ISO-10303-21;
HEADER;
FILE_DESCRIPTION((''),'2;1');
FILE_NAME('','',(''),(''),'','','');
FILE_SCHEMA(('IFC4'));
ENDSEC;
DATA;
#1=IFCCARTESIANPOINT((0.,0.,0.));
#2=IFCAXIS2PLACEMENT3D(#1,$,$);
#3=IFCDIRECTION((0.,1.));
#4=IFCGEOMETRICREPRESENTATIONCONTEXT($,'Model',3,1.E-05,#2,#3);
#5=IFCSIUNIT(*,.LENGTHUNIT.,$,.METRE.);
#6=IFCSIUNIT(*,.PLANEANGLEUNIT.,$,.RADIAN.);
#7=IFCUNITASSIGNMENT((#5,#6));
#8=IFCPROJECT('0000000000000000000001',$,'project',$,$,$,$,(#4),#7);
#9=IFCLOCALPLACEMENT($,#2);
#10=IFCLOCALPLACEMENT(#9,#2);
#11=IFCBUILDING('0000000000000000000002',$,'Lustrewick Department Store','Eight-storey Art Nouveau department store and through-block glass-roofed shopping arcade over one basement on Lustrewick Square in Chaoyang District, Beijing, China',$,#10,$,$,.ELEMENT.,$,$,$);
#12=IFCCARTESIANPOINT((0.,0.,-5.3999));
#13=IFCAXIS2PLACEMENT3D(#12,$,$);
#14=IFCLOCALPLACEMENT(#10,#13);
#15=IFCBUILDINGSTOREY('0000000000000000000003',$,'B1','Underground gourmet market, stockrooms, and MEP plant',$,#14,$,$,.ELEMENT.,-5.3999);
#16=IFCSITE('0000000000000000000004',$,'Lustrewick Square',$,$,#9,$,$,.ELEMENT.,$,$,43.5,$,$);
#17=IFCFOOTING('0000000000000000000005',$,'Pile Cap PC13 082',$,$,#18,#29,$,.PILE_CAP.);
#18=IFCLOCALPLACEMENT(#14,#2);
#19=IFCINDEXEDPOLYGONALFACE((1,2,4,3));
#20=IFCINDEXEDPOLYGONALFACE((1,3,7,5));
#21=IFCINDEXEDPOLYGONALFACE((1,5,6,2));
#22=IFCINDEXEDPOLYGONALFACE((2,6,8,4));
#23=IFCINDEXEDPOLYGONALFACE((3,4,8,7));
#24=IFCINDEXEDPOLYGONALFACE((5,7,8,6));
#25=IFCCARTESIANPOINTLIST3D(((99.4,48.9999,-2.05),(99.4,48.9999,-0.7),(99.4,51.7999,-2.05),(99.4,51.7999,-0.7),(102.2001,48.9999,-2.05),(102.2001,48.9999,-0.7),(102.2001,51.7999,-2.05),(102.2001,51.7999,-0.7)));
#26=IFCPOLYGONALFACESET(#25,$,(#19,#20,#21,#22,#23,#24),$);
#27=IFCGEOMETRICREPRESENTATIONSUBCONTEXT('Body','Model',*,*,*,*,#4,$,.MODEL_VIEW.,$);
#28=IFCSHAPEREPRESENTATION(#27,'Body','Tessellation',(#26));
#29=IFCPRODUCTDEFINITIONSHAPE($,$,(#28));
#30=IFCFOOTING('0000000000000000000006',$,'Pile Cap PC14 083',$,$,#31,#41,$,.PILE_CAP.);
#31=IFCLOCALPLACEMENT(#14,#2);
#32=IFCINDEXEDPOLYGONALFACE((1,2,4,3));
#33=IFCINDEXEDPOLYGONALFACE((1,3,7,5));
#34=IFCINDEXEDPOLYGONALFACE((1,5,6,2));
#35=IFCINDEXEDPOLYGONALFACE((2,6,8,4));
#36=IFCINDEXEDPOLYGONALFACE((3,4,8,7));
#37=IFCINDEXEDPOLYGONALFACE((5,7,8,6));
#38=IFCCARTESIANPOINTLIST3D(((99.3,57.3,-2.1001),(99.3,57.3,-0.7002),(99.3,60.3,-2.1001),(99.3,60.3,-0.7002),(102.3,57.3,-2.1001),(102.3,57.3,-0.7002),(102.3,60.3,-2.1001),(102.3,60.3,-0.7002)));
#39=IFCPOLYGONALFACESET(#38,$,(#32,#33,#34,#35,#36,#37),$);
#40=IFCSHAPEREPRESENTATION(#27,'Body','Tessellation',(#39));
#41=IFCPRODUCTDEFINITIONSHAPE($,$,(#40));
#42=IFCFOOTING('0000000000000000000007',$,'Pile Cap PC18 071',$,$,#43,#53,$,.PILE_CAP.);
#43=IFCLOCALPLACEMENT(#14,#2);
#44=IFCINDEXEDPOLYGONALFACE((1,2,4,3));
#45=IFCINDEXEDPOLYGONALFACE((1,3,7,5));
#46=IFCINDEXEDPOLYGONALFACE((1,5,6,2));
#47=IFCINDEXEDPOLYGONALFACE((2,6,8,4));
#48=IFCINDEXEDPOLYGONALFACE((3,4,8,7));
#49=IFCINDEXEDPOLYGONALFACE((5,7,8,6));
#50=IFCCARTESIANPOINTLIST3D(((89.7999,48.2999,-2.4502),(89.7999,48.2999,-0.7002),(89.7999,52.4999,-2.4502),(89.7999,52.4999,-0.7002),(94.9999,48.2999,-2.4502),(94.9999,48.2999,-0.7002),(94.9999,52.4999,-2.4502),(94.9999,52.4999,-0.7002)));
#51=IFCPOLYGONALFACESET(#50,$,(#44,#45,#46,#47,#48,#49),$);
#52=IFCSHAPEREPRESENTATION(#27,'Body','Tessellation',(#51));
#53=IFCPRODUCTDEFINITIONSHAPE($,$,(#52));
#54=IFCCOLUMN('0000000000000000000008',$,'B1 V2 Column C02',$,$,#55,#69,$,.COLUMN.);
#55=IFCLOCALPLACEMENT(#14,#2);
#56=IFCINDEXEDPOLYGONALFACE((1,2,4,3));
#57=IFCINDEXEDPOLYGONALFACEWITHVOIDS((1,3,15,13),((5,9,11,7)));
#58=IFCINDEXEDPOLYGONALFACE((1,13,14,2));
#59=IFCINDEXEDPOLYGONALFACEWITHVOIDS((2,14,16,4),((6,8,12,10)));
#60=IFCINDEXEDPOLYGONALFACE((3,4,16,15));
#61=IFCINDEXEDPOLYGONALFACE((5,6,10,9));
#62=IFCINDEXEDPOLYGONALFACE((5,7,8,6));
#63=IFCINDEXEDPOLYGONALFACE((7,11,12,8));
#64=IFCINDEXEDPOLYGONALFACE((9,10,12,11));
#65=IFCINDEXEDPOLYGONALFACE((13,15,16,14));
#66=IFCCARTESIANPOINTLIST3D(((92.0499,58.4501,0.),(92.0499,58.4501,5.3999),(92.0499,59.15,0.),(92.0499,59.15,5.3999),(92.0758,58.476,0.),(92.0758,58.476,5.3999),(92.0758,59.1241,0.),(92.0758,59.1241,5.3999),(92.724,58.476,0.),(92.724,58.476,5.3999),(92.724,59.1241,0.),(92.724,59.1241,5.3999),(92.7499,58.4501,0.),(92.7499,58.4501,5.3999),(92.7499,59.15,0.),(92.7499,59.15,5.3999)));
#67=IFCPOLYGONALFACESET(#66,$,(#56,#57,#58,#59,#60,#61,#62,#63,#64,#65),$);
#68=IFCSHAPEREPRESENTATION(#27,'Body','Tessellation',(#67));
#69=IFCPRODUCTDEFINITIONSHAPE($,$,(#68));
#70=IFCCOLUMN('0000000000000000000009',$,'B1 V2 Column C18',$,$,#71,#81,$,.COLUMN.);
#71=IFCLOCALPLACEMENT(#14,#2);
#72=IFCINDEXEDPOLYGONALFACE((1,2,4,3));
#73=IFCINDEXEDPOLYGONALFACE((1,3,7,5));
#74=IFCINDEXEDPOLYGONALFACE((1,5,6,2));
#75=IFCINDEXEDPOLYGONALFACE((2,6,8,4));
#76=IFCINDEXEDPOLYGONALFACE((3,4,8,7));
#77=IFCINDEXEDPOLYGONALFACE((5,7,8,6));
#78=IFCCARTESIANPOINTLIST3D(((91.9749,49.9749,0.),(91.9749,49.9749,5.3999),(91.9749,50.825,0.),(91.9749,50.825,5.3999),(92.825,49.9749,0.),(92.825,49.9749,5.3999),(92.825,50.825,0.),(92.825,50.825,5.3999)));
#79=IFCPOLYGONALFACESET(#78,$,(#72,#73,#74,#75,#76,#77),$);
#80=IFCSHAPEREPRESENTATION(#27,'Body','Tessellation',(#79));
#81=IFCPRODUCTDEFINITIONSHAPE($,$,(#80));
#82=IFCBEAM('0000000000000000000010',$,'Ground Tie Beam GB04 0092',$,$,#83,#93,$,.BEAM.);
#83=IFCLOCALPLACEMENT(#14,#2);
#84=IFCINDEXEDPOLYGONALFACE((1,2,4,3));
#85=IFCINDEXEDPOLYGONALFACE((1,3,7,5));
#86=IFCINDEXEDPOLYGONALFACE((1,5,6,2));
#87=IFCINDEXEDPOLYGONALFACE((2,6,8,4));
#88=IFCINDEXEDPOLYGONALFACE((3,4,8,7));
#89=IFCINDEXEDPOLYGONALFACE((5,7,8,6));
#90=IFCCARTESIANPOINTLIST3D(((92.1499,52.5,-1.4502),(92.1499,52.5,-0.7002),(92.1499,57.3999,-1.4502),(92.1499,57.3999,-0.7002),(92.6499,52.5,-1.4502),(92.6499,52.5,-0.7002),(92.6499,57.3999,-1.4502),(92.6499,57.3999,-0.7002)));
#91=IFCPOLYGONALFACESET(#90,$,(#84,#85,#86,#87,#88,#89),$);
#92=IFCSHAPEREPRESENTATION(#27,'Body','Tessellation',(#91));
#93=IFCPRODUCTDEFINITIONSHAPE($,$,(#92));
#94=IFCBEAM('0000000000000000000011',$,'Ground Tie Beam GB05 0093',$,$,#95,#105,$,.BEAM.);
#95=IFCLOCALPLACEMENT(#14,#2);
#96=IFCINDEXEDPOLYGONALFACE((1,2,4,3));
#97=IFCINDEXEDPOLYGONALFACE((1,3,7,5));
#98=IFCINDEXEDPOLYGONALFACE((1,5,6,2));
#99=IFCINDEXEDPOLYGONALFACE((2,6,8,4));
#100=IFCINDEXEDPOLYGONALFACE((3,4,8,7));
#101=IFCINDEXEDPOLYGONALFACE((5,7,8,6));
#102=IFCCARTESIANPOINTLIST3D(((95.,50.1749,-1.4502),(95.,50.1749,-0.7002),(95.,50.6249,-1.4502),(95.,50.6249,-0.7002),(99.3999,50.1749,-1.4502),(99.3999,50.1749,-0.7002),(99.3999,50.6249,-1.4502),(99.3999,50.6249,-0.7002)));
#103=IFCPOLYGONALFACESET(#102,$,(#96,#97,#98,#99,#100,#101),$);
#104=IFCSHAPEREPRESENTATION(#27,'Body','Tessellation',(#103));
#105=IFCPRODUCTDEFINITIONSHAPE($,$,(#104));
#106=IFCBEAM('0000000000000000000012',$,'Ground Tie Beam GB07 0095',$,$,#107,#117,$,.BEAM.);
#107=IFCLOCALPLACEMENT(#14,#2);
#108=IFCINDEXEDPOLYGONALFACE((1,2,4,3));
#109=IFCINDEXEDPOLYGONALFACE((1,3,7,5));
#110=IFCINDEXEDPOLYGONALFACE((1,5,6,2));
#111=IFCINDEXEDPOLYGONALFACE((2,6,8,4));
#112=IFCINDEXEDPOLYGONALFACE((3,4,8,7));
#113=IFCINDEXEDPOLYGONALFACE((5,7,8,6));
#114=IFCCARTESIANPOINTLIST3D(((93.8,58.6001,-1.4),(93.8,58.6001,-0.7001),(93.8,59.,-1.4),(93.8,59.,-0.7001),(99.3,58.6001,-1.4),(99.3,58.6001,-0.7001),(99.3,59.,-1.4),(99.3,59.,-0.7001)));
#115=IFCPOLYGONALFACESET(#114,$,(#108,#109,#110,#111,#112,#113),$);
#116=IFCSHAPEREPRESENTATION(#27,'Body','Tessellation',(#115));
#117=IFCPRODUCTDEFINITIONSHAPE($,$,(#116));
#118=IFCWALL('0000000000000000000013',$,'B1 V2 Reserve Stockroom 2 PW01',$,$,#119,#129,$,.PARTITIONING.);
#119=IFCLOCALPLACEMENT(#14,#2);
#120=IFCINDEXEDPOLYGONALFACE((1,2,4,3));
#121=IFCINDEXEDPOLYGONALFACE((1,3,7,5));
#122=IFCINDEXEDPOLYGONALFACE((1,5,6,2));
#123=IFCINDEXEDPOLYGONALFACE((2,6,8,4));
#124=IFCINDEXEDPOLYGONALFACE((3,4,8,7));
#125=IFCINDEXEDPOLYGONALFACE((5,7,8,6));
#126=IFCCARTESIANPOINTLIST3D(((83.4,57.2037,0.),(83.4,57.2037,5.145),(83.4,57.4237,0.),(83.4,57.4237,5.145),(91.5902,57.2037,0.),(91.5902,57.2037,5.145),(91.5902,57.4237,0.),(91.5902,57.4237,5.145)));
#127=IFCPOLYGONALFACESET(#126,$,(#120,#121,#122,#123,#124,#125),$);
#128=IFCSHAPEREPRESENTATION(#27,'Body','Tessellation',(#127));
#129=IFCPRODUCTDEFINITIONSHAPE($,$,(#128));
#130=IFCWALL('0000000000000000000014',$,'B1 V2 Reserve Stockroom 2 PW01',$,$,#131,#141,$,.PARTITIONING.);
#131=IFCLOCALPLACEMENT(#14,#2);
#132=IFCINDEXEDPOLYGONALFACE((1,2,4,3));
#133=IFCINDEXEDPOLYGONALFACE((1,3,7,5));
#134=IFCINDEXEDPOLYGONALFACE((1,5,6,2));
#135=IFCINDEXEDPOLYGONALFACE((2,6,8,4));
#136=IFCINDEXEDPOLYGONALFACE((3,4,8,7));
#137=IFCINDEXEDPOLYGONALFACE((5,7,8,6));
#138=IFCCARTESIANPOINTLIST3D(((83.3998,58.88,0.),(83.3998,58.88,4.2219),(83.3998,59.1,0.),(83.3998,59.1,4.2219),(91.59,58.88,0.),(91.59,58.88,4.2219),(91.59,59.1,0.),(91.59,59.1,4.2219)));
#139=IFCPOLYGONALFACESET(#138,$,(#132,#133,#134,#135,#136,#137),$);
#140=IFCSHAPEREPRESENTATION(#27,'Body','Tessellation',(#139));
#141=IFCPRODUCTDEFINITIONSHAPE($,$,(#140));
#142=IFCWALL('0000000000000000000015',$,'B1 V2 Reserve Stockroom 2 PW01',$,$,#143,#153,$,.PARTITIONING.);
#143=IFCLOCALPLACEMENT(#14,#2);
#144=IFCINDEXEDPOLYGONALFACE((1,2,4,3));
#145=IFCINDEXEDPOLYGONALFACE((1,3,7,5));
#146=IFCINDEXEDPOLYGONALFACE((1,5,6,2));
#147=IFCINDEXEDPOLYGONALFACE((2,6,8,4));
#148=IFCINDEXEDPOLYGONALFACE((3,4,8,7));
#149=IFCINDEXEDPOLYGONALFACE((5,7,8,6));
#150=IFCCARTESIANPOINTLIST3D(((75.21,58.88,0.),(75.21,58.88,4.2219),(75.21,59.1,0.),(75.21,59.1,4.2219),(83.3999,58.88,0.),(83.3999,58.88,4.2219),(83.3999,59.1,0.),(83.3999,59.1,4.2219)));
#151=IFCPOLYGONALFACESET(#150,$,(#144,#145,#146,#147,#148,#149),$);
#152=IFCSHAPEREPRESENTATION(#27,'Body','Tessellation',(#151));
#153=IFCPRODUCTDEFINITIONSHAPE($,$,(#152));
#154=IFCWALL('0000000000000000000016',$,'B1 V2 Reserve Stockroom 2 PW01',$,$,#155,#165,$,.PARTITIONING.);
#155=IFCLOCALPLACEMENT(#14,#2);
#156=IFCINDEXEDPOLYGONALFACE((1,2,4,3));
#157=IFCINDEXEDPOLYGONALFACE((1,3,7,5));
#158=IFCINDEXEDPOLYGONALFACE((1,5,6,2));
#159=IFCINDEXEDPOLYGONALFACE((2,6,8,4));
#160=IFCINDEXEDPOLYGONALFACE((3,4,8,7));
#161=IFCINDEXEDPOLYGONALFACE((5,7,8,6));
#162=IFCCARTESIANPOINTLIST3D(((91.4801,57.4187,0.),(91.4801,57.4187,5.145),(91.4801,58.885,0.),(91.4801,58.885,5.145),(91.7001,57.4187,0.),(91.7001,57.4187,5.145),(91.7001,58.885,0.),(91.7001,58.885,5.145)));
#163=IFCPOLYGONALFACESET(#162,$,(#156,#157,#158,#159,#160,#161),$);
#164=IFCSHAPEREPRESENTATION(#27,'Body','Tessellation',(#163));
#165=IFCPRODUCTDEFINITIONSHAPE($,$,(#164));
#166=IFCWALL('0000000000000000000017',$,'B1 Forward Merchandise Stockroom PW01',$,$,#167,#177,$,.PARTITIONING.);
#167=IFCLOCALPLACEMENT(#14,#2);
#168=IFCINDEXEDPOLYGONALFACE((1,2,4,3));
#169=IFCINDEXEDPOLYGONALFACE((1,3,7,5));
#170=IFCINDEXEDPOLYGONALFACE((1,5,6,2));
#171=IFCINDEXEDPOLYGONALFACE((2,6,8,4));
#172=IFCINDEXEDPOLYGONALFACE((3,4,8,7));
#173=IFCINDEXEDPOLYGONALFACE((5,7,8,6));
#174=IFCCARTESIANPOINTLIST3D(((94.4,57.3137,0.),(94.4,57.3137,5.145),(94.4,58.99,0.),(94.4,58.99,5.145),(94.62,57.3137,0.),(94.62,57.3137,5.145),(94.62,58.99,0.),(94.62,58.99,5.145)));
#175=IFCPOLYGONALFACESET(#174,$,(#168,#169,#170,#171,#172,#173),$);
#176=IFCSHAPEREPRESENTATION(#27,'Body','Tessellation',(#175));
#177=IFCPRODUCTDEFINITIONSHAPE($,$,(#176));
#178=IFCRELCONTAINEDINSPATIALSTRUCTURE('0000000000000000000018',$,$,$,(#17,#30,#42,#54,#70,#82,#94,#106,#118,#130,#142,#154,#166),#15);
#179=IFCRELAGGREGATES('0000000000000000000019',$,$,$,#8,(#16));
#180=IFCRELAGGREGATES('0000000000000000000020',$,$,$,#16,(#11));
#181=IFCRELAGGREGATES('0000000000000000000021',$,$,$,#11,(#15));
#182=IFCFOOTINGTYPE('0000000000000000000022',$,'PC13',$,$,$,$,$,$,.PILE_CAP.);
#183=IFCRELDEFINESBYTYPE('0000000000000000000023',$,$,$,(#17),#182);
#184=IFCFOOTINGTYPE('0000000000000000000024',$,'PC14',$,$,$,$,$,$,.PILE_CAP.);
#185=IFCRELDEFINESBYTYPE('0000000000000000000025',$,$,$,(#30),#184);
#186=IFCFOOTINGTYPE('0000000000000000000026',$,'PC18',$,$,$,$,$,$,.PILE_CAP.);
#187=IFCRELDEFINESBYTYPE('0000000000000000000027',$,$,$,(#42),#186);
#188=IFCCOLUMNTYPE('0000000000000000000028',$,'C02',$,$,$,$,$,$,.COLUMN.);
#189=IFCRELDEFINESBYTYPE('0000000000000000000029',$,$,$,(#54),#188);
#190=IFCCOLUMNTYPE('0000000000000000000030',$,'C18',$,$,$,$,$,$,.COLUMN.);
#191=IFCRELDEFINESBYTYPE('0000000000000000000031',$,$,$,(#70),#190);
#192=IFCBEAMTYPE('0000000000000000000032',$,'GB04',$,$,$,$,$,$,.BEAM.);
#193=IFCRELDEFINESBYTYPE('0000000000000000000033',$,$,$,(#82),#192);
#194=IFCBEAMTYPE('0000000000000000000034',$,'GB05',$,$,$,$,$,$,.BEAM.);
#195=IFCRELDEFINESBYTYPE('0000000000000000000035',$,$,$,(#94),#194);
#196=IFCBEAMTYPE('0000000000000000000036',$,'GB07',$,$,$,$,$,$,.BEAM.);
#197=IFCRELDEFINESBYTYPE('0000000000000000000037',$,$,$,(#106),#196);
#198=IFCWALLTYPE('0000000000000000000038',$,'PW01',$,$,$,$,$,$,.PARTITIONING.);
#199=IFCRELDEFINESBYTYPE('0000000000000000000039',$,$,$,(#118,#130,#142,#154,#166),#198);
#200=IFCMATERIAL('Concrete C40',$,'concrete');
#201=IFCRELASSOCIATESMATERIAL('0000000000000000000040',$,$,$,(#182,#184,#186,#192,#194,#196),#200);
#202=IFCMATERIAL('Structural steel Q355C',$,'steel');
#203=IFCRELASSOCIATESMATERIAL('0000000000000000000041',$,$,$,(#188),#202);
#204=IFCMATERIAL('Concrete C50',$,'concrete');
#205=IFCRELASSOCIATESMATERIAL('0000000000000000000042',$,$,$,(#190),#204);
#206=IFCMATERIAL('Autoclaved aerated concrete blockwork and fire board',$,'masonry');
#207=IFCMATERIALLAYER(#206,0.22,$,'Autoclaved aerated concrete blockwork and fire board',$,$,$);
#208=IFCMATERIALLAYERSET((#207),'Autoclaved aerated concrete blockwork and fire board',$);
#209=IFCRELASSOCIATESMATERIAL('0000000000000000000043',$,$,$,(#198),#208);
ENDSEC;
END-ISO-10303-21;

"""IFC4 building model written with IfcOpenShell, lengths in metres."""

from ifc_helpers import new_model, si_unit, direction, frame, frame_2d, origin, origin_2d, place, context, subcontext, project, spatial, rectangle, hollow_rectangle, extrude, material, layer, layer_set, material_profile, profile_set, type_object, element, save


model = new_model("IFC4")

# Units and contexts
model_context = context("Model", 3, precision=1e-05, world=origin(), true_north=direction((0.0, 1.0)))
body_context = subcontext(model_context, "Body", "Model", "MODEL_VIEW")
ifc_project = project(units=[si_unit("LENGTHUNIT", "METRE"), si_unit("PLANEANGLEUNIT", "RADIAN")], contexts=[model_context])

# Site, building, storey
site_placement = place(None, origin())
site = spatial("IfcSite", under=ifc_project, at=site_placement, Name="Lustrewick Square", CompositionType="ELEMENT", RefElevation=43.5)
building_placement = place(site_placement, origin())
building = spatial("IfcBuilding", under=site, at=building_placement, Name="Lustrewick Department Store", Description="Eight-storey Art Nouveau department store and through-block glass-roofed shopping arcade over one basement on Lustrewick Square in Chaoyang District, Beijing, China", CompositionType="ELEMENT")
storey_placement = place(building_placement, frame((0.0, 0.0, -5.3999)))
storey = spatial("IfcBuildingStorey", under=building, at=storey_placement, Name="B1", Description="Underground gourmet market, stockrooms, and MEP plant", CompositionType="ELEMENT", Elevation=-5.3999)

# Shared definitions
ifc_material_1 = material(Name="Concrete C40", Category="concrete")

# Footings
footing_type_1 = type_object("IfcFootingType", Name="PC13", PredefinedType="PILE_CAP", material=ifc_material_1)
for number, where, z_axis, x_axis, name in (
    (1, (100.8, 50.3999, -2.05), (0.0, 0.0, 1.0), (1.0, 0.0, 0.0), "Pile Cap PC13 082"),
):
    element("IfcFooting", number, at=place(storey_placement, frame(where, z_axis=z_axis, x_axis=x_axis)), inside=storey, type_object=footing_type_1, Name=name, PredefinedType="PILE_CAP", context=body_context, shape_type="SweptSolid", body=[
        extrude(rectangle(XDim=2.8, YDim=2.8, at=origin_2d()), origin(), (0.0, 0.0, 1.0), 1.3501),
    ])
footing_type_2 = type_object("IfcFootingType", Name="PC14", PredefinedType="PILE_CAP", material=ifc_material_1)
footing_1_placement = place(storey_placement, frame((100.8, 58.8, -2.1001), z_axis=(0.0, 0.0, 1.0), x_axis=(1.0, 0.0, 0.0)))
element("IfcFooting", 2, at=footing_1_placement, inside=storey, type_object=footing_type_2, Name="Pile Cap PC14 083", PredefinedType="PILE_CAP", context=body_context, shape_type="SweptSolid", body=[
    extrude(rectangle(XDim=3.0, YDim=3.0, at=origin_2d()), origin(), (0.0, 0.0, 1.0), 1.3999),
])
footing_type_3 = type_object("IfcFootingType", Name="PC18", PredefinedType="PILE_CAP", material=ifc_material_1)
footing_2_placement = place(storey_placement, frame((92.3999, 50.3999, -2.4502), z_axis=(0.0, 0.0, 1.0), x_axis=(1.0, 0.0, 0.0)))
element("IfcFooting", 3, at=footing_2_placement, inside=storey, type_object=footing_type_3, Name="Pile Cap PC18 071", PredefinedType="PILE_CAP", context=body_context, shape_type="SweptSolid", body=[
    extrude(rectangle(XDim=5.2, YDim=4.2, at=origin_2d()), origin(), (0.0, 0.0, 1.0), 1.75),
])

# Columns
ifc_material_2 = material(Name="Structural steel Q355C", Category="steel")
ifc_material_profile_1 = material_profile(ifc_material_2, hollow_rectangle(XDim=0.7, YDim=0.7, WallThickness=0.0259, at=origin_2d()), Name="BOX 700x700x26")
ifc_profile_set_1 = profile_set([ifc_material_profile_1], Name="Structural steel Q355C")
column_type_1 = type_object("IfcColumnType", Name="C02", PredefinedType="COLUMN", material=ifc_profile_set_1)
column_1_placement = place(storey_placement, frame((92.3999, 58.8, 0.0), z_axis=(0.0, 0.0, 1.0), x_axis=(1.0, 0.0, 0.0)))
element("IfcColumn", 4, at=column_1_placement, inside=storey, type_object=column_type_1, Name="B1 V2 Column C02", PredefinedType="COLUMN", context=body_context, shape_type="SweptSolid", body=[
    extrude(hollow_rectangle(XDim=0.7, YDim=0.7, WallThickness=0.0259, at=origin_2d()), origin(), (0.0, 0.0, 1.0), 5.3999),
])
ifc_material_3 = material(Name="Concrete C50", Category="concrete")
ifc_material_profile_2 = material_profile(ifc_material_3, rectangle(XDim=0.8501, YDim=0.8501, at=origin_2d()), Name="RC 850x850")
ifc_profile_set_2 = profile_set([ifc_material_profile_2], Name="Concrete C50")
column_type_2 = type_object("IfcColumnType", Name="C18", PredefinedType="COLUMN", material=ifc_profile_set_2)
column_2_placement = place(storey_placement, frame((92.3999, 50.3999, 0.0), z_axis=(0.0, 0.0, 1.0), x_axis=(1.0, 0.0, 0.0)))
element("IfcColumn", 5, at=column_2_placement, inside=storey, type_object=column_type_2, Name="B1 V2 Column C18", PredefinedType="COLUMN", context=body_context, shape_type="SweptSolid", body=[
    extrude(rectangle(XDim=0.8501, YDim=0.8501, at=origin_2d()), origin(), (0.0, 0.0, 1.0), 5.3999),
])

# Beams
ifc_material_profile_3 = material_profile(ifc_material_1, rectangle(XDim=0.5, YDim=0.75, at=origin_2d()), Name="RC 500x750")
ifc_profile_set_3 = profile_set([ifc_material_profile_3], Name="Concrete C40")
beam_type_1 = type_object("IfcBeamType", Name="GB04", PredefinedType="BEAM", material=ifc_profile_set_3)
beam_1_placement = place(storey_placement, frame((92.3999, 52.5, -1.0752), z_axis=(0.0, 1.0, 0.0), x_axis=(-1.0, 0.0, 0.0)))
element("IfcBeam", 6, at=beam_1_placement, inside=storey, type_object=beam_type_1, Name="Ground Tie Beam GB04 0092", PredefinedType="BEAM", context=body_context, shape_type="SweptSolid", body=[
    extrude(rectangle(XDim=0.5, YDim=0.75, at=origin_2d()), origin(), (0.0, 0.0, 1.0), 4.8999),
])
ifc_material_profile_4 = material_profile(ifc_material_1, rectangle(XDim=0.45, YDim=0.75, at=origin_2d()), Name="RC 450x750")
ifc_profile_set_4 = profile_set([ifc_material_profile_4], Name="Concrete C40")
beam_type_2 = type_object("IfcBeamType", Name="GB05", PredefinedType="BEAM", material=ifc_profile_set_4)
beam_2_placement = place(storey_placement, frame((95.0, 50.3999, -1.0752), z_axis=(1.0, 0.0, 0.0), x_axis=(0.0, 1.0, 0.0)))
element("IfcBeam", 7, at=beam_2_placement, inside=storey, type_object=beam_type_2, Name="Ground Tie Beam GB05 0093", PredefinedType="BEAM", context=body_context, shape_type="SweptSolid", body=[
    extrude(rectangle(XDim=0.45, YDim=0.75, at=origin_2d()), origin(), (0.0, 0.0, 1.0), 4.3999),
])
ifc_material_profile_5 = material_profile(ifc_material_1, rectangle(XDim=0.3999, YDim=0.7, at=origin_2d()), Name="RC 400x700")
ifc_profile_set_5 = profile_set([ifc_material_profile_5], Name="Concrete C40")
beam_type_3 = type_object("IfcBeamType", Name="GB07", PredefinedType="BEAM", material=ifc_profile_set_5)
beam_3_placement = place(storey_placement, frame((93.8, 58.8, -1.05), z_axis=(1.0, 0.0, 0.0), x_axis=(0.0, 1.0, 0.0)))
element("IfcBeam", 8, at=beam_3_placement, inside=storey, type_object=beam_type_3, Name="Ground Tie Beam GB07 0095", PredefinedType="BEAM", context=body_context, shape_type="SweptSolid", body=[
    extrude(rectangle(XDim=0.3999, YDim=0.7, at=origin_2d()), origin(), (0.0, 0.0, 1.0), 5.5),
])

# Walls
ifc_material_4 = material(Name="Autoclaved aerated concrete blockwork and fire board", Category="masonry")
ifc_layer_1 = layer(ifc_material_4, 0.22, Name="Autoclaved aerated concrete blockwork and fire board")
ifc_layer_set_1 = layer_set([ifc_layer_1], Name="Autoclaved aerated concrete blockwork and fire board")
wall_type_1 = type_object("IfcWallType", Name="PW01", PredefinedType="PARTITIONING", material=ifc_layer_set_1)
wall_1_placement = place(storey_placement, frame((83.3999, 57.3137, 0.0), z_axis=(0.0, 0.0, 1.0), x_axis=(1.0, 0.0, 0.0)))
element("IfcWall", 9, at=wall_1_placement, inside=storey, type_object=wall_type_1, Name="B1 V2 Reserve Stockroom 2 PW01", PredefinedType="PARTITIONING", context=body_context, shape_type="SweptSolid", body=[
    extrude(rectangle(XDim=8.1902, YDim=0.22, at=frame_2d((4.0952, 0.0))), origin(), (0.0, 0.0, 1.0), 5.145),
])
wall_2_placement = place(storey_placement, frame((91.5901, 58.99, 0.0), z_axis=(0.0, 0.0, 1.0), x_axis=(-1.0, 0.0, 0.0)))
element("IfcWall", 10, at=wall_2_placement, inside=storey, type_object=wall_type_1, Name="B1 V2 Reserve Stockroom 2 PW01", PredefinedType="PARTITIONING", context=body_context, shape_type="SweptSolid", body=[
    extrude(rectangle(XDim=8.1902, YDim=0.22, at=frame_2d((4.0952, 0.0))), origin(), (0.0, 0.0, 1.0), 4.2219),
])
wall_3_placement = place(storey_placement, frame((83.3999, 58.99, 0.0), z_axis=(0.0, 0.0, 1.0), x_axis=(-1.0, 0.0, 0.0)))
element("IfcWall", 11, at=wall_3_placement, inside=storey, type_object=wall_type_1, Name="B1 V2 Reserve Stockroom 2 PW01", PredefinedType="PARTITIONING", context=body_context, shape_type="SweptSolid", body=[
    extrude(rectangle(XDim=8.1899, YDim=0.22, at=frame_2d((4.095, 0.0))), origin(), (0.0, 0.0, 1.0), 4.2219),
])
wall_4_placement = place(storey_placement, frame((91.5901, 57.4187, 0.0), z_axis=(0.0, 0.0, 1.0), x_axis=(0.0, 1.0, 0.0)))
element("IfcWall", 12, at=wall_4_placement, inside=storey, type_object=wall_type_1, Name="B1 V2 Reserve Stockroom 2 PW01", PredefinedType="PARTITIONING", context=body_context, shape_type="SweptSolid", body=[
    extrude(rectangle(XDim=1.4663, YDim=0.22, at=frame_2d((0.7332, 0.0))), origin(), (0.0, 0.0, 1.0), 5.145),
])
wall_5_placement = place(storey_placement, frame((94.51, 58.99, 0.0), z_axis=(0.0, 0.0, 1.0), x_axis=(0.0, -1.0, 0.0)))
element("IfcWall", 13, at=wall_5_placement, inside=storey, type_object=wall_type_1, Name="B1 Forward Merchandise Stockroom PW01", PredefinedType="PARTITIONING", context=body_context, shape_type="SweptSolid", body=[
    extrude(rectangle(XDim=1.6763, YDim=0.22, at=frame_2d((0.8381, 0.0))), origin(), (0.0, 0.0, 1.0), 5.145),
])

save(model, "model.ifc")
